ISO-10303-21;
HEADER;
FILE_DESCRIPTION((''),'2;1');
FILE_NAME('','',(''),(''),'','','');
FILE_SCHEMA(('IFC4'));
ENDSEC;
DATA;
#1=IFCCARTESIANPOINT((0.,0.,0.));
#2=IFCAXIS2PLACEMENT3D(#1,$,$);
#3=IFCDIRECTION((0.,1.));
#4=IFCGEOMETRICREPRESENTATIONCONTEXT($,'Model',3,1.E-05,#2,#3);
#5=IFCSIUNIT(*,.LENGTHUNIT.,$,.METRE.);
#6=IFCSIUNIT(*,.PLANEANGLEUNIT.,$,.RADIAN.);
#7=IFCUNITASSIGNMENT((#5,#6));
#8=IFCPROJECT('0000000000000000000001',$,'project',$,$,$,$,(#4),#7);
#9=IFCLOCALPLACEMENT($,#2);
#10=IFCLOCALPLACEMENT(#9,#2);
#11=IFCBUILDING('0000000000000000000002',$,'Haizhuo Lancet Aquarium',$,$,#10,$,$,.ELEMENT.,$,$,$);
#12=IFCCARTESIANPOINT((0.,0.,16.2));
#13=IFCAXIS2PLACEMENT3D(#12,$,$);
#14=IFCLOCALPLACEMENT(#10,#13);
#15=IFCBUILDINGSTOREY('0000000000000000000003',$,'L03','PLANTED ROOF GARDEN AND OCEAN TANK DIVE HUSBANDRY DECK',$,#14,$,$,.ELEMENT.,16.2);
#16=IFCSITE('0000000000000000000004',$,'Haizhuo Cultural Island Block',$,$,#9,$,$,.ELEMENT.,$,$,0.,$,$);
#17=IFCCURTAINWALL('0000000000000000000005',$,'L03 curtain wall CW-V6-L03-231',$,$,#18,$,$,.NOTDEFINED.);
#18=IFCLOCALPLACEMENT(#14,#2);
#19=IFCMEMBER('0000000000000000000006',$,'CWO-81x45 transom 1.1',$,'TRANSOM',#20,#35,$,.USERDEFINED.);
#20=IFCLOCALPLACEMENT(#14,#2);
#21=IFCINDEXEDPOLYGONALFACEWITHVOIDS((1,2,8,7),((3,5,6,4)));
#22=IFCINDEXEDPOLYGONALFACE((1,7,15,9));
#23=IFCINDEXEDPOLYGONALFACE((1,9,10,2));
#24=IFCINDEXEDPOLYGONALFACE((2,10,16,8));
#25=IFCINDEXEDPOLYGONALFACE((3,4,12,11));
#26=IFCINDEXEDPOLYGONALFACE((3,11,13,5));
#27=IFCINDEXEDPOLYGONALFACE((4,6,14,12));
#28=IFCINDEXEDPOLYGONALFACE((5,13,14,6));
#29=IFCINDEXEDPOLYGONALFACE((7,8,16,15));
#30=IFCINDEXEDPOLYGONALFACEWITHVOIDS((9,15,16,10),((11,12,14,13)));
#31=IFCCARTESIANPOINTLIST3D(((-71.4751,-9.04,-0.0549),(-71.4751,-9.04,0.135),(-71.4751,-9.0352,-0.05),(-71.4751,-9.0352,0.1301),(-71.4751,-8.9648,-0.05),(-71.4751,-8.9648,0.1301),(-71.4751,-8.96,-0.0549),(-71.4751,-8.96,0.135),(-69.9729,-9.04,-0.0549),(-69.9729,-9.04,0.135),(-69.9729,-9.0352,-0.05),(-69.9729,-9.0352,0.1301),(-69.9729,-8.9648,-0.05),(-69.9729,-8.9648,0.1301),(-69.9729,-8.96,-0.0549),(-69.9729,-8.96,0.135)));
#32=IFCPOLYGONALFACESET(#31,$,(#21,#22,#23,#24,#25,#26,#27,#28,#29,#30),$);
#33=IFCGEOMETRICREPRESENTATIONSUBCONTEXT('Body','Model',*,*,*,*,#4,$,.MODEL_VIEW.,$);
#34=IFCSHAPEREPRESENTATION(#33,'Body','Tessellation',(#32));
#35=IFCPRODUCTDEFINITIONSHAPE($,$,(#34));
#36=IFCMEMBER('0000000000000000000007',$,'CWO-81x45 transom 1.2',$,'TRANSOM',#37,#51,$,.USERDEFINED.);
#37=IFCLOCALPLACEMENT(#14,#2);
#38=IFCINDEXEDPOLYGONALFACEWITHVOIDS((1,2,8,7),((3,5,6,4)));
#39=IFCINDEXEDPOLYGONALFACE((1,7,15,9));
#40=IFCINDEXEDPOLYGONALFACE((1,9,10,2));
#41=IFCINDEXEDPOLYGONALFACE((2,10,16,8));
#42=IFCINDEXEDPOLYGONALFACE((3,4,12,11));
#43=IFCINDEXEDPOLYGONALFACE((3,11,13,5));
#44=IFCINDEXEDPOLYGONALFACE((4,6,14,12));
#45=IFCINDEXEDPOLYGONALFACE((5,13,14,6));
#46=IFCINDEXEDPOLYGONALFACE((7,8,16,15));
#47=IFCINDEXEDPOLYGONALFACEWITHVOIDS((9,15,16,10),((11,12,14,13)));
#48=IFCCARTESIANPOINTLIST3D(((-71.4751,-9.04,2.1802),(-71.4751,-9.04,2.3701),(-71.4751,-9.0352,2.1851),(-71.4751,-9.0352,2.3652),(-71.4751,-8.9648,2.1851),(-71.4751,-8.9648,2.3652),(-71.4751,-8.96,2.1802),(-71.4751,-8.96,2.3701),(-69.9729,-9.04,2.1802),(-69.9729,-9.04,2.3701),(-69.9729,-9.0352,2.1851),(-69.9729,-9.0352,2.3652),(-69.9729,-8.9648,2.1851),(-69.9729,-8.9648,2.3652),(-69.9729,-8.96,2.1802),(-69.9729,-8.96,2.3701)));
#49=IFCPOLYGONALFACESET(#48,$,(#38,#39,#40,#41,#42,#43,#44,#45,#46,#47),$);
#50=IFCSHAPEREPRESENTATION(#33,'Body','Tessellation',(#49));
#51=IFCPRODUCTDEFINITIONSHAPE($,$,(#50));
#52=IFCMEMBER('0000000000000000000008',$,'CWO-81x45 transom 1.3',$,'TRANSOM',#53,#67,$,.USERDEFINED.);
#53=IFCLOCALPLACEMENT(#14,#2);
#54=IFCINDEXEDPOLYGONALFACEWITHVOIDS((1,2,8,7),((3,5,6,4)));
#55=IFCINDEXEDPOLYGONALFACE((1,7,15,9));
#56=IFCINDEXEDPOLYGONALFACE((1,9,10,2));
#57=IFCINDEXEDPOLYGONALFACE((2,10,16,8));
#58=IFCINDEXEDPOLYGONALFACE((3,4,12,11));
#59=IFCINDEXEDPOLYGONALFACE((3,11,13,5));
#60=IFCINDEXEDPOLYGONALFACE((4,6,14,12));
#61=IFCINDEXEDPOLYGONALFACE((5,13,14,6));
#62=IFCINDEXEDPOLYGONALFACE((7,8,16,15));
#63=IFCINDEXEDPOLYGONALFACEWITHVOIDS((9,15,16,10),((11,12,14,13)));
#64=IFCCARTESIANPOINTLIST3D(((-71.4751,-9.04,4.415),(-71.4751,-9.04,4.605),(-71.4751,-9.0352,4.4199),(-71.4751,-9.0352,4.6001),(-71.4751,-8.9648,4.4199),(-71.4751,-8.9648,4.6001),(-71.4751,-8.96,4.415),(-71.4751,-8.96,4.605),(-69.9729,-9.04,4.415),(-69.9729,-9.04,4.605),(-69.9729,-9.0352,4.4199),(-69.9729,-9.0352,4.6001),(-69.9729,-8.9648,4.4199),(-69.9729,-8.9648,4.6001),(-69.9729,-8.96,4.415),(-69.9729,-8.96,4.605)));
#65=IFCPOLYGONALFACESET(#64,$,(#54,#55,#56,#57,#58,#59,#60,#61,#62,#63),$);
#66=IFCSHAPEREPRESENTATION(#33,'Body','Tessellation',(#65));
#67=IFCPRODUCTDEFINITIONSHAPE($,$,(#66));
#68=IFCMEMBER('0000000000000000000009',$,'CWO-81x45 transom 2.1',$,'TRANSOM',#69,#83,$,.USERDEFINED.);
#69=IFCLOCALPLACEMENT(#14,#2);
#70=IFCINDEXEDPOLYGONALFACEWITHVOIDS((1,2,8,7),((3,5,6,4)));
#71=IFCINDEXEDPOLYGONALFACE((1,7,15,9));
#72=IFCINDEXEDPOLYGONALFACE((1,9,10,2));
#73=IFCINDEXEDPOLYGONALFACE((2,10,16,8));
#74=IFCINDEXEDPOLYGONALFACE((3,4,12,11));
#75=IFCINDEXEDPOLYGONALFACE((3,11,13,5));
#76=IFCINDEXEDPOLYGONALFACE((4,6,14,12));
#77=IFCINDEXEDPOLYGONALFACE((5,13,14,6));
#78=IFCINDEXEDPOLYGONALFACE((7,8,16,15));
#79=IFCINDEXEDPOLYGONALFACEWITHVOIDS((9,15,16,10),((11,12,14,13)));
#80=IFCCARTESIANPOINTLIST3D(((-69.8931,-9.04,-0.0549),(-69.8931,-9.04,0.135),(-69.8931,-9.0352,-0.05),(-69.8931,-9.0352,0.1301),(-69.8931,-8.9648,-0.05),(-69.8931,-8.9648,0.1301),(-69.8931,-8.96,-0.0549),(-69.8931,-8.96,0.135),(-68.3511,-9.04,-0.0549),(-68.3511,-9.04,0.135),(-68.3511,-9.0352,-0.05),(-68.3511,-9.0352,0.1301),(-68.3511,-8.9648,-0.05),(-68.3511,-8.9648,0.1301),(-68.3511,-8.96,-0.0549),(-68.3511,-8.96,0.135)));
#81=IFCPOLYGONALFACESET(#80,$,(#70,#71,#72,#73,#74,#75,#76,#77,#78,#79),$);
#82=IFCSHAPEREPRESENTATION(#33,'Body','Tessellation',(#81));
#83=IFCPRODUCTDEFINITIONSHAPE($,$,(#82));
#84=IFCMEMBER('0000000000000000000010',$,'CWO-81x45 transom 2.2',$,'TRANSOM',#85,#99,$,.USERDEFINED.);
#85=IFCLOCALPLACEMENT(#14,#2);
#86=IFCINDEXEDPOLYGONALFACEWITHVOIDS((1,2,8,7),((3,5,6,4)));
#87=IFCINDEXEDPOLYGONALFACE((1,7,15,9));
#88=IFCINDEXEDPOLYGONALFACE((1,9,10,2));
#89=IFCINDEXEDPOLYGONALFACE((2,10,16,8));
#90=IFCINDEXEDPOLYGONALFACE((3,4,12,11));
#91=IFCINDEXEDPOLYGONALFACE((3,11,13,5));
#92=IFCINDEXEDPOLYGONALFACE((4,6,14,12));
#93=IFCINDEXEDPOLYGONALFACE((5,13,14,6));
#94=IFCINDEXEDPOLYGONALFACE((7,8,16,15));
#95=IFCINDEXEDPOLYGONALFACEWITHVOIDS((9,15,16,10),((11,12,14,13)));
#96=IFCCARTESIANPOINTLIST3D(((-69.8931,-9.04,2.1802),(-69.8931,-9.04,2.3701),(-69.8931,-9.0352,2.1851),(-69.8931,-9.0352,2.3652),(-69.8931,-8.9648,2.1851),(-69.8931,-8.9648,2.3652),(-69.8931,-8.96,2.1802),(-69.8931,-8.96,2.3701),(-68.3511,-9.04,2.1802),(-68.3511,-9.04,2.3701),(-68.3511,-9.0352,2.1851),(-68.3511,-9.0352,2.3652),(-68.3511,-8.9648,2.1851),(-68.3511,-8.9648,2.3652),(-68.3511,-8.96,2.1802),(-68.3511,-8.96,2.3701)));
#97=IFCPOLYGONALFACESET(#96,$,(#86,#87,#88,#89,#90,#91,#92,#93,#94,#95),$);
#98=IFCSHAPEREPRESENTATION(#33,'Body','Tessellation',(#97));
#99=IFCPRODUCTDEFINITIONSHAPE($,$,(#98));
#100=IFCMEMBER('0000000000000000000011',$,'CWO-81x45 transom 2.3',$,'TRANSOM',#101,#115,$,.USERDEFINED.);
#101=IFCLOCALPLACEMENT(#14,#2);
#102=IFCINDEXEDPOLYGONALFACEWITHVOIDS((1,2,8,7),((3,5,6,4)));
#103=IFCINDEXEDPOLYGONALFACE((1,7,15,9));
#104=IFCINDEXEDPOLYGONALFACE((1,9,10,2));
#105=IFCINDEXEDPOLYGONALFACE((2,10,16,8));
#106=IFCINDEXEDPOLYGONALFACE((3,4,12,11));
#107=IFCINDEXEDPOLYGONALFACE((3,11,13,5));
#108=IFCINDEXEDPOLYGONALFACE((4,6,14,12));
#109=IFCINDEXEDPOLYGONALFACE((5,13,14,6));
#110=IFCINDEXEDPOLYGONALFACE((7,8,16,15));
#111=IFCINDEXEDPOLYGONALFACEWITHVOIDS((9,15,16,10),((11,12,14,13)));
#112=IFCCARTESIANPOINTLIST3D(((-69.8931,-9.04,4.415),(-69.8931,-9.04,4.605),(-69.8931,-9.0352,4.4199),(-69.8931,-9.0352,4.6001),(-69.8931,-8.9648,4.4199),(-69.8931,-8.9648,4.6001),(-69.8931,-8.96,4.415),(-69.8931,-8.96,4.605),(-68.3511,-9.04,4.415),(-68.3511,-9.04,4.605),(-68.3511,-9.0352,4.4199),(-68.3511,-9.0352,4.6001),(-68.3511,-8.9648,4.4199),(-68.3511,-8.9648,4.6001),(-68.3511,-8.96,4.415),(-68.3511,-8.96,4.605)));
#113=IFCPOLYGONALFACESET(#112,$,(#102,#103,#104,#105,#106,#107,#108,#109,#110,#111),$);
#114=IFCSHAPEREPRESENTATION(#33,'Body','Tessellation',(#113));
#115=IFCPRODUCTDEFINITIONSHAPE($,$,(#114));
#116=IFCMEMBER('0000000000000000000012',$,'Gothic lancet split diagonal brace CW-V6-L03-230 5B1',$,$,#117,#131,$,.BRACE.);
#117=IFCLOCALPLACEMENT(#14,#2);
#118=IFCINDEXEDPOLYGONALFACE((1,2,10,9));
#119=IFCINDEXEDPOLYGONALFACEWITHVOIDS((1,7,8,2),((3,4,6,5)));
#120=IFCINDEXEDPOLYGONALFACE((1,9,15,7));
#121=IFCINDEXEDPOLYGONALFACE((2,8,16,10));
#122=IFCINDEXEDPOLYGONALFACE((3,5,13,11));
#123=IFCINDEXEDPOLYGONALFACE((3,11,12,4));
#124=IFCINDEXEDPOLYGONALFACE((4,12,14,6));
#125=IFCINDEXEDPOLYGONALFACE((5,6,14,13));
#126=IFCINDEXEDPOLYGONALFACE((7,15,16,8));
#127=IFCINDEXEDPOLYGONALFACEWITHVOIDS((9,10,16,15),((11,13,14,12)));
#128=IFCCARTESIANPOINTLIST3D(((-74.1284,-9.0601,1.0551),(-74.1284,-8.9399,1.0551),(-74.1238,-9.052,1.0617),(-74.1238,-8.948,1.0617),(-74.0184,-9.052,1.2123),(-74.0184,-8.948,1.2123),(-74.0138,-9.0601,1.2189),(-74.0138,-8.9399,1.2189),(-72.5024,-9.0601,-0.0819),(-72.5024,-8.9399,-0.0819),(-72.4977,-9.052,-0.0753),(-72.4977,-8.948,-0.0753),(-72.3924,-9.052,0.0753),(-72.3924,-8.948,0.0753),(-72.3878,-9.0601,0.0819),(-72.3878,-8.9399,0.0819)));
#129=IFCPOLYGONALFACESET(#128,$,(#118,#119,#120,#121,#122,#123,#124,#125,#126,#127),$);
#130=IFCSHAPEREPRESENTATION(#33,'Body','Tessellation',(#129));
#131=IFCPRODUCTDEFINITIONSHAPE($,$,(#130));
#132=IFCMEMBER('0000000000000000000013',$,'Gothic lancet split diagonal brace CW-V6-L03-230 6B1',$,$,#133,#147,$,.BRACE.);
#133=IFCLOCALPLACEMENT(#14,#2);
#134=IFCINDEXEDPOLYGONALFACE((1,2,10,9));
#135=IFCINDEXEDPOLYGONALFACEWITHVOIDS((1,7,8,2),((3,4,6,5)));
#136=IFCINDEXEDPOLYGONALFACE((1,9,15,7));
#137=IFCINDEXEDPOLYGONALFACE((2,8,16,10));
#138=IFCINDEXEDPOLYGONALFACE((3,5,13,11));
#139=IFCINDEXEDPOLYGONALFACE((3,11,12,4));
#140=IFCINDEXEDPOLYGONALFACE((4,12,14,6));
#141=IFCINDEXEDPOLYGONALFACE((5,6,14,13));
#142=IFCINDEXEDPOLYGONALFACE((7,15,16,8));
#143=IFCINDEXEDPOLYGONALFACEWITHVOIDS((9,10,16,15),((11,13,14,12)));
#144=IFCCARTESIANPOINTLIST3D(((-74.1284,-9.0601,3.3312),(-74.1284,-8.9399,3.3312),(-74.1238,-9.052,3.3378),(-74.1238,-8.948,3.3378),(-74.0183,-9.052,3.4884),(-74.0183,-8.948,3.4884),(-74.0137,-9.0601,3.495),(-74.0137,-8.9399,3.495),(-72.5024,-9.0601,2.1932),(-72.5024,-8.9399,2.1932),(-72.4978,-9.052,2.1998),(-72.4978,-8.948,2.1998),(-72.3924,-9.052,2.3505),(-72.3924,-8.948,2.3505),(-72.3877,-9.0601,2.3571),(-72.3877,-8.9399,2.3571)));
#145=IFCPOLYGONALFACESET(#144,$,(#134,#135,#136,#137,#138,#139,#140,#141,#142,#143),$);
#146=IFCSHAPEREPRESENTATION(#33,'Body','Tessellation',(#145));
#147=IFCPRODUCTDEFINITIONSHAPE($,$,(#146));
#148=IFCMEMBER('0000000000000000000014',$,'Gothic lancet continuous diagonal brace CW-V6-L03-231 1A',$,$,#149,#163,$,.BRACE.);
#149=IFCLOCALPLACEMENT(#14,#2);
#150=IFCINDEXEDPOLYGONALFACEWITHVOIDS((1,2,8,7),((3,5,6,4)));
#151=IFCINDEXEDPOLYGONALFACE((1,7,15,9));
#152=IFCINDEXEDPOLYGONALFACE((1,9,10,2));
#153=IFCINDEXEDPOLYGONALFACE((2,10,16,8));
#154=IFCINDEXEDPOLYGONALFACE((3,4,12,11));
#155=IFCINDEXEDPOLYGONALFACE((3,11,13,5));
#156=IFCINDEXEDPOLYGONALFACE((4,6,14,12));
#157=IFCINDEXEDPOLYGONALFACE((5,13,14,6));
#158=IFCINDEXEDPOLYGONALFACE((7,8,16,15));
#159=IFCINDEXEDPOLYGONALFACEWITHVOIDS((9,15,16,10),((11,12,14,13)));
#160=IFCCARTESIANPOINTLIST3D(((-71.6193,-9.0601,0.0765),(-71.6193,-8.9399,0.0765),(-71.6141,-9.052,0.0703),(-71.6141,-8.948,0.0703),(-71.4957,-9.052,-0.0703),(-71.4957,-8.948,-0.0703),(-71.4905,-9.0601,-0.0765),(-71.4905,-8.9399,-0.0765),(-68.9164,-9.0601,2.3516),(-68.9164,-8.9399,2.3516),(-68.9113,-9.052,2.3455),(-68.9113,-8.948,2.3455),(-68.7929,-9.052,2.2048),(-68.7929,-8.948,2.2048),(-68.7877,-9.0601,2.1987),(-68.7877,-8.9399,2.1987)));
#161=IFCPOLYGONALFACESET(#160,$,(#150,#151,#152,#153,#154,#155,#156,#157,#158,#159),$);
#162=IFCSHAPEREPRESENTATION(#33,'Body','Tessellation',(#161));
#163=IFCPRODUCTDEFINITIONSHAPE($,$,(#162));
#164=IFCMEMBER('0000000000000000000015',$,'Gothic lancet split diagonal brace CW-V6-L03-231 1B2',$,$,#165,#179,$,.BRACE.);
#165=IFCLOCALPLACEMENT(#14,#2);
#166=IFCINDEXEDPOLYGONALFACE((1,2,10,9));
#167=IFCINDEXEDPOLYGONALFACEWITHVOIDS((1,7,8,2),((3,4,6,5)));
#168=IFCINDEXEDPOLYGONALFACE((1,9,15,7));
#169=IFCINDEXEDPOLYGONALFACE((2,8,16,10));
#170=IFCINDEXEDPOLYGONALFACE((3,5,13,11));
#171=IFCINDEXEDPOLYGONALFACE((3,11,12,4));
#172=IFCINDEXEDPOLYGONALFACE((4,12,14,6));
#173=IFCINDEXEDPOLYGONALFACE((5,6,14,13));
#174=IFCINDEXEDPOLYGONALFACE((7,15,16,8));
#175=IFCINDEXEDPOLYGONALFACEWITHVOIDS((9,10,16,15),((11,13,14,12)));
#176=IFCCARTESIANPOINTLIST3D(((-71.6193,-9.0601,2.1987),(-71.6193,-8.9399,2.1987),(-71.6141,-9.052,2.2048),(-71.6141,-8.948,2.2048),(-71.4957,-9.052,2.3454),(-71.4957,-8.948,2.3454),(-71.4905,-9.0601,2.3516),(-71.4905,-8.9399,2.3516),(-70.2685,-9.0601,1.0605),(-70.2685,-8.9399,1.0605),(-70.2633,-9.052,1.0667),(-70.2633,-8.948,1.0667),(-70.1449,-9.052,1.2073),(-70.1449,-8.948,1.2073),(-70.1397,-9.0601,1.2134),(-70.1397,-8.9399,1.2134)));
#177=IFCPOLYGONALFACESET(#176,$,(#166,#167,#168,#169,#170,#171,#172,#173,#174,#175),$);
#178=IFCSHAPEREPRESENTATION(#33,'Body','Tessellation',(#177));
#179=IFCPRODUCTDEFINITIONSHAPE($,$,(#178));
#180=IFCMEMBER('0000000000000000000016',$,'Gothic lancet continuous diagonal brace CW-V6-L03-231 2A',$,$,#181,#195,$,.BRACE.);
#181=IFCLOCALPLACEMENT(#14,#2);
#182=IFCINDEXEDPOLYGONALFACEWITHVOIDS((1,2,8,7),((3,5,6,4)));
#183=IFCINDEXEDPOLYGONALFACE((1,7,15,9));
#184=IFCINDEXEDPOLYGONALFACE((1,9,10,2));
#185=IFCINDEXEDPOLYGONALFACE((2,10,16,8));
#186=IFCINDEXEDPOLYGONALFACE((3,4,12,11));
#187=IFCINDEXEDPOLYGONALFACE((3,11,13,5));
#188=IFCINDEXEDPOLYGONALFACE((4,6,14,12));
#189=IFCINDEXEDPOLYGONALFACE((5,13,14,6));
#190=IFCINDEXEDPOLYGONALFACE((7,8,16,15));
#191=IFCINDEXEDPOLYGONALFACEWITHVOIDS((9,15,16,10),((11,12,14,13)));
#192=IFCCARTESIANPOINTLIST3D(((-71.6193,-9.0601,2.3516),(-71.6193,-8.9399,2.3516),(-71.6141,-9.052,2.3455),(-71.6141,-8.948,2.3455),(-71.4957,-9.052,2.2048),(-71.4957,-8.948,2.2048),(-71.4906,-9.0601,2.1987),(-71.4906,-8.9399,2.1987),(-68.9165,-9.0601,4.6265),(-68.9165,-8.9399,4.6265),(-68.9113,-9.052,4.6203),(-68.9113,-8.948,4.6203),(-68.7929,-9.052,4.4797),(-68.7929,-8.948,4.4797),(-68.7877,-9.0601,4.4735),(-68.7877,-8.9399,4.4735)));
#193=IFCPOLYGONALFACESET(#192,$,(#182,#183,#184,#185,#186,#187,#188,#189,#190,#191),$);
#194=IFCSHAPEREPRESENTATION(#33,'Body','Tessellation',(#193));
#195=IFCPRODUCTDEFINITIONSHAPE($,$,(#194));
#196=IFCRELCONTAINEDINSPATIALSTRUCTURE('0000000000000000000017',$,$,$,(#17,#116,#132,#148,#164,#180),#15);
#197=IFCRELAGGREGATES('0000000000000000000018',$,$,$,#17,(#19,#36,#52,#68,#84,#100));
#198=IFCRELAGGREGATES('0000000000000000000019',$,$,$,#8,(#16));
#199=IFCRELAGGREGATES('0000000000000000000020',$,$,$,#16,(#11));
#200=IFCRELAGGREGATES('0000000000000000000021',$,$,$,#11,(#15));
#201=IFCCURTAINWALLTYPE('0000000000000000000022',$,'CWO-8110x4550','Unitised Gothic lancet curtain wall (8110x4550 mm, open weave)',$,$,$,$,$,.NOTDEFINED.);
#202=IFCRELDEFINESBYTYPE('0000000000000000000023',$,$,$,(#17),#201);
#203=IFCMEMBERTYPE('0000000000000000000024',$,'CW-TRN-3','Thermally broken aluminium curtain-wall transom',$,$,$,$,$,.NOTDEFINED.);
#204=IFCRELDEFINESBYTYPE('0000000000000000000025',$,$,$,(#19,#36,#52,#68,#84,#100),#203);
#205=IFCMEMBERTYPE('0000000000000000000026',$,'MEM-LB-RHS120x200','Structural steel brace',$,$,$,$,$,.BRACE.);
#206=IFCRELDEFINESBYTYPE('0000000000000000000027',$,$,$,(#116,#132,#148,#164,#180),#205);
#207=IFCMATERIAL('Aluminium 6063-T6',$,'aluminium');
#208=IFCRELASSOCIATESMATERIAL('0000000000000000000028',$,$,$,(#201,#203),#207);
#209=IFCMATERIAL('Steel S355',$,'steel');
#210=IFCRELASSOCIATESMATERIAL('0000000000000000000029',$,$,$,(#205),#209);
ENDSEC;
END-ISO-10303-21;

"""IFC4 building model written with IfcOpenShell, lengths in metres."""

from ifc_helpers import new_model, si_unit, direction, frame, origin, origin_2d, place, context, subcontext, project, spatial, hollow_rectangle, extrude, material, material_profile, profile_set, type_object, element, aggregate, save


model = new_model("IFC4")

# Units and contexts
model_context = context("Model", 3, precision=1e-05, world=origin(), true_north=direction((0.0, 1.0)))
body_context = subcontext(model_context, "Body", "Model", "MODEL_VIEW")
ifc_project = project(units=[si_unit("LENGTHUNIT", "METRE"), si_unit("PLANEANGLEUNIT", "RADIAN")], contexts=[model_context])

# Site, building, storey
site_placement = place(None, origin())
site = spatial("IfcSite", under=ifc_project, at=site_placement, Name="Haizhuo Cultural Island Block", CompositionType="ELEMENT", RefElevation=0.0)
building_placement = place(site_placement, origin())
building = spatial("IfcBuilding", under=site, at=building_placement, Name="Haizhuo Lancet Aquarium", CompositionType="ELEMENT")
storey_placement = place(building_placement, frame((0.0, 0.0, 16.2)))
storey = spatial("IfcBuildingStorey", under=building, at=storey_placement, Name="L03", Description="PLANTED ROOF GARDEN AND OCEAN TANK DIVE HUSBANDRY DECK", CompositionType="ELEMENT", Elevation=16.2)

# Shared definitions
ifc_material_1 = material(Name="Steel S355", Category="steel")

# Curtain wall
ifc_material_2 = material(Name="Aluminium 6063-T6", Category="aluminium")
curtain_wall_type_1 = type_object("IfcCurtainWallType", Name="CWO-8110x4550", Description="Unitised Gothic lancet curtain wall (8110x4550 mm, open weave)", PredefinedType="NOTDEFINED", material=ifc_material_2)
curtain_wall_1_placement = place(storey_placement, origin())
curtain_wall_1 = element("IfcCurtainWall", 1, at=curtain_wall_1_placement, inside=storey, type_object=curtain_wall_type_1, Name="L03 curtain wall CW-V6-L03-231", PredefinedType="NOTDEFINED")

# Members
ifc_material_profile_1 = material_profile(ifc_material_2, hollow_rectangle(XDim=0.0801, YDim=0.1899, WallThickness=0.0049, at=origin_2d()), Name="ALU-T 80x190x5")
ifc_profile_set_1 = profile_set([ifc_material_profile_1], Name="Aluminium 6063-T6")
member_type_1 = type_object("IfcMemberType", Name="CW-TRN-3", Description="Thermally broken aluminium curtain-wall transom", PredefinedType="NOTDEFINED", material=ifc_profile_set_1)
member_1_placement = place(storey_placement, frame((-71.4751, -9.0, 0.04), z_axis=(1.0, 0.0, 0.0), x_axis=(0.0, 1.0, 0.0)))
member_1 = element("IfcMember", 2, at=member_1_placement, type_object=member_type_1, Name="CWO-81x45 transom 1.1", ObjectType="TRANSOM", PredefinedType="USERDEFINED", context=body_context, shape_type="SweptSolid", body=[
    extrude(hollow_rectangle(XDim=0.0801, YDim=0.1899, WallThickness=0.0049, at=origin_2d()), origin(), (0.0, 0.0, 1.0), 1.5022),
])
member_2_placement = place(storey_placement, frame((-71.4751, -9.0, 2.2751), z_axis=(1.0, 0.0, 0.0), x_axis=(0.0, 1.0, 0.0)))
member_2 = element("IfcMember", 3, at=member_2_placement, type_object=member_type_1, Name="CWO-81x45 transom 1.2", ObjectType="TRANSOM", PredefinedType="USERDEFINED", context=body_context, shape_type="SweptSolid", body=[
    extrude(hollow_rectangle(XDim=0.0801, YDim=0.1899, WallThickness=0.0049, at=origin_2d()), origin(), (0.0, 0.0, 1.0), 1.5022),
])
member_3_placement = place(storey_placement, frame((-71.4751, -9.0, 4.51), z_axis=(1.0, 0.0, 0.0), x_axis=(0.0, 1.0, 0.0)))
member_3 = element("IfcMember", 4, at=member_3_placement, type_object=member_type_1, Name="CWO-81x45 transom 1.3", ObjectType="TRANSOM", PredefinedType="USERDEFINED", context=body_context, shape_type="SweptSolid", body=[
    extrude(hollow_rectangle(XDim=0.0801, YDim=0.1899, WallThickness=0.0049, at=origin_2d()), origin(), (0.0, 0.0, 1.0), 1.5022),
])
member_4_placement = place(storey_placement, frame((-69.8931, -9.0, 0.04), z_axis=(1.0, 0.0, 0.0), x_axis=(0.0, 1.0, 0.0)))
member_4 = element("IfcMember", 5, at=member_4_placement, type_object=member_type_1, Name="CWO-81x45 transom 2.1", ObjectType="TRANSOM", PredefinedType="USERDEFINED", context=body_context, shape_type="SweptSolid", body=[
    extrude(hollow_rectangle(XDim=0.0801, YDim=0.1899, WallThickness=0.0049, at=origin_2d()), origin(), (0.0, 0.0, 1.0), 1.542),
])
member_5_placement = place(storey_placement, frame((-69.8931, -9.0, 2.2751), z_axis=(1.0, 0.0, 0.0), x_axis=(0.0, 1.0, 0.0)))
member_5 = element("IfcMember", 6, at=member_5_placement, type_object=member_type_1, Name="CWO-81x45 transom 2.2", ObjectType="TRANSOM", PredefinedType="USERDEFINED", context=body_context, shape_type="SweptSolid", body=[
    extrude(hollow_rectangle(XDim=0.0801, YDim=0.1899, WallThickness=0.0049, at=origin_2d()), origin(), (0.0, 0.0, 1.0), 1.542),
])
member_6_placement = place(storey_placement, frame((-69.8931, -9.0, 4.51), z_axis=(1.0, 0.0, 0.0), x_axis=(0.0, 1.0, 0.0)))
member_6 = element("IfcMember", 7, at=member_6_placement, type_object=member_type_1, Name="CWO-81x45 transom 2.3", ObjectType="TRANSOM", PredefinedType="USERDEFINED", context=body_context, shape_type="SweptSolid", body=[
    extrude(hollow_rectangle(XDim=0.0801, YDim=0.1899, WallThickness=0.0049, at=origin_2d()), origin(), (0.0, 0.0, 1.0), 1.542),
])

# Members
ifc_material_profile_2 = material_profile(ifc_material_1, hollow_rectangle(XDim=0.1201, YDim=0.2, WallThickness=0.0081, at=origin_2d()), Name="RHS 120x200x8")
ifc_profile_set_2 = profile_set([ifc_material_profile_2], Name="Steel S355")
member_type_2 = type_object("IfcMemberType", Name="MEM-LB-RHS120x200", Description="Structural steel brace", PredefinedType="BRACE", material=ifc_profile_set_2)
member_7_placement = place(storey_placement, frame((-72.4451, -9.0, 0.0), z_axis=(-0.819521, 0.0, 0.573049), x_axis=(0.0, -1.0, 0.0)))
element("IfcMember", 8, at=member_7_placement, inside=storey, type_object=member_type_2, Name="Gothic lancet split diagonal brace CW-V6-L03-230 5B1", PredefinedType="BRACE", context=body_context, shape_type="SweptSolid", body=[
    extrude(hollow_rectangle(XDim=0.1201, YDim=0.2, WallThickness=0.0081, at=origin_2d()), origin(), (0.0, 0.0, 1.0), 1.9841),
])
member_8_placement = place(storey_placement, frame((-72.4451, -9.0, 2.2751), z_axis=(-0.81929, 0.0, 0.57338), x_axis=(0.0, -1.0, 0.0)))
element("IfcMember", 9, at=member_8_placement, inside=storey, type_object=member_type_2, Name="Gothic lancet split diagonal brace CW-V6-L03-230 6B1", PredefinedType="BRACE", context=body_context, shape_type="SweptSolid", body=[
    extrude(hollow_rectangle(XDim=0.1201, YDim=0.2, WallThickness=0.0081, at=origin_2d()), origin(), (0.0, 0.0, 1.0), 1.9846),
])
member_9_placement = place(storey_placement, frame((-71.5549, -9.0, 0.0), z_axis=(0.765046, 0.0, 0.643976), x_axis=(0.0, 1.0, 0.0)))
element("IfcMember", 10, at=member_9_placement, inside=storey, type_object=member_type_2, Name="Gothic lancet continuous diagonal brace CW-V6-L03-231 1A", PredefinedType="BRACE", context=body_context, shape_type="SweptSolid", body=[
    extrude(hollow_rectangle(XDim=0.1201, YDim=0.2, WallThickness=0.0081, at=origin_2d()), origin(), (0.0, 0.0, 1.0), 3.533),
])
member_10_placement = place(storey_placement, frame((-70.2041, -9.0, 1.137), z_axis=(-0.764732, 0.0, 0.644349), x_axis=(0.0, -1.0, 0.0)))
element("IfcMember", 11, at=member_10_placement, inside=storey, type_object=member_type_2, Name="Gothic lancet split diagonal brace CW-V6-L03-231 1B2", PredefinedType="BRACE", context=body_context, shape_type="SweptSolid", body=[
    extrude(hollow_rectangle(XDim=0.1201, YDim=0.2, WallThickness=0.0081, at=origin_2d()), origin(), (0.0, 0.0, 1.0), 1.7664),
])
member_11_placement = place(storey_placement, frame((-71.5549, -9.0, 2.2751), z_axis=(0.76508, 0.0, 0.643936), x_axis=(0.0, 1.0, 0.0)))
element("IfcMember", 12, at=member_11_placement, inside=storey, type_object=member_type_2, Name="Gothic lancet continuous diagonal brace CW-V6-L03-231 2A", PredefinedType="BRACE", context=body_context, shape_type="SweptSolid", body=[
    extrude(hollow_rectangle(XDim=0.1201, YDim=0.2, WallThickness=0.0081, at=origin_2d()), origin(), (0.0, 0.0, 1.0), 3.5327),
])

aggregate(curtain_wall_1, [member_1, member_2, member_3, member_4, member_5, member_6])

save(model, "model.ifc")
